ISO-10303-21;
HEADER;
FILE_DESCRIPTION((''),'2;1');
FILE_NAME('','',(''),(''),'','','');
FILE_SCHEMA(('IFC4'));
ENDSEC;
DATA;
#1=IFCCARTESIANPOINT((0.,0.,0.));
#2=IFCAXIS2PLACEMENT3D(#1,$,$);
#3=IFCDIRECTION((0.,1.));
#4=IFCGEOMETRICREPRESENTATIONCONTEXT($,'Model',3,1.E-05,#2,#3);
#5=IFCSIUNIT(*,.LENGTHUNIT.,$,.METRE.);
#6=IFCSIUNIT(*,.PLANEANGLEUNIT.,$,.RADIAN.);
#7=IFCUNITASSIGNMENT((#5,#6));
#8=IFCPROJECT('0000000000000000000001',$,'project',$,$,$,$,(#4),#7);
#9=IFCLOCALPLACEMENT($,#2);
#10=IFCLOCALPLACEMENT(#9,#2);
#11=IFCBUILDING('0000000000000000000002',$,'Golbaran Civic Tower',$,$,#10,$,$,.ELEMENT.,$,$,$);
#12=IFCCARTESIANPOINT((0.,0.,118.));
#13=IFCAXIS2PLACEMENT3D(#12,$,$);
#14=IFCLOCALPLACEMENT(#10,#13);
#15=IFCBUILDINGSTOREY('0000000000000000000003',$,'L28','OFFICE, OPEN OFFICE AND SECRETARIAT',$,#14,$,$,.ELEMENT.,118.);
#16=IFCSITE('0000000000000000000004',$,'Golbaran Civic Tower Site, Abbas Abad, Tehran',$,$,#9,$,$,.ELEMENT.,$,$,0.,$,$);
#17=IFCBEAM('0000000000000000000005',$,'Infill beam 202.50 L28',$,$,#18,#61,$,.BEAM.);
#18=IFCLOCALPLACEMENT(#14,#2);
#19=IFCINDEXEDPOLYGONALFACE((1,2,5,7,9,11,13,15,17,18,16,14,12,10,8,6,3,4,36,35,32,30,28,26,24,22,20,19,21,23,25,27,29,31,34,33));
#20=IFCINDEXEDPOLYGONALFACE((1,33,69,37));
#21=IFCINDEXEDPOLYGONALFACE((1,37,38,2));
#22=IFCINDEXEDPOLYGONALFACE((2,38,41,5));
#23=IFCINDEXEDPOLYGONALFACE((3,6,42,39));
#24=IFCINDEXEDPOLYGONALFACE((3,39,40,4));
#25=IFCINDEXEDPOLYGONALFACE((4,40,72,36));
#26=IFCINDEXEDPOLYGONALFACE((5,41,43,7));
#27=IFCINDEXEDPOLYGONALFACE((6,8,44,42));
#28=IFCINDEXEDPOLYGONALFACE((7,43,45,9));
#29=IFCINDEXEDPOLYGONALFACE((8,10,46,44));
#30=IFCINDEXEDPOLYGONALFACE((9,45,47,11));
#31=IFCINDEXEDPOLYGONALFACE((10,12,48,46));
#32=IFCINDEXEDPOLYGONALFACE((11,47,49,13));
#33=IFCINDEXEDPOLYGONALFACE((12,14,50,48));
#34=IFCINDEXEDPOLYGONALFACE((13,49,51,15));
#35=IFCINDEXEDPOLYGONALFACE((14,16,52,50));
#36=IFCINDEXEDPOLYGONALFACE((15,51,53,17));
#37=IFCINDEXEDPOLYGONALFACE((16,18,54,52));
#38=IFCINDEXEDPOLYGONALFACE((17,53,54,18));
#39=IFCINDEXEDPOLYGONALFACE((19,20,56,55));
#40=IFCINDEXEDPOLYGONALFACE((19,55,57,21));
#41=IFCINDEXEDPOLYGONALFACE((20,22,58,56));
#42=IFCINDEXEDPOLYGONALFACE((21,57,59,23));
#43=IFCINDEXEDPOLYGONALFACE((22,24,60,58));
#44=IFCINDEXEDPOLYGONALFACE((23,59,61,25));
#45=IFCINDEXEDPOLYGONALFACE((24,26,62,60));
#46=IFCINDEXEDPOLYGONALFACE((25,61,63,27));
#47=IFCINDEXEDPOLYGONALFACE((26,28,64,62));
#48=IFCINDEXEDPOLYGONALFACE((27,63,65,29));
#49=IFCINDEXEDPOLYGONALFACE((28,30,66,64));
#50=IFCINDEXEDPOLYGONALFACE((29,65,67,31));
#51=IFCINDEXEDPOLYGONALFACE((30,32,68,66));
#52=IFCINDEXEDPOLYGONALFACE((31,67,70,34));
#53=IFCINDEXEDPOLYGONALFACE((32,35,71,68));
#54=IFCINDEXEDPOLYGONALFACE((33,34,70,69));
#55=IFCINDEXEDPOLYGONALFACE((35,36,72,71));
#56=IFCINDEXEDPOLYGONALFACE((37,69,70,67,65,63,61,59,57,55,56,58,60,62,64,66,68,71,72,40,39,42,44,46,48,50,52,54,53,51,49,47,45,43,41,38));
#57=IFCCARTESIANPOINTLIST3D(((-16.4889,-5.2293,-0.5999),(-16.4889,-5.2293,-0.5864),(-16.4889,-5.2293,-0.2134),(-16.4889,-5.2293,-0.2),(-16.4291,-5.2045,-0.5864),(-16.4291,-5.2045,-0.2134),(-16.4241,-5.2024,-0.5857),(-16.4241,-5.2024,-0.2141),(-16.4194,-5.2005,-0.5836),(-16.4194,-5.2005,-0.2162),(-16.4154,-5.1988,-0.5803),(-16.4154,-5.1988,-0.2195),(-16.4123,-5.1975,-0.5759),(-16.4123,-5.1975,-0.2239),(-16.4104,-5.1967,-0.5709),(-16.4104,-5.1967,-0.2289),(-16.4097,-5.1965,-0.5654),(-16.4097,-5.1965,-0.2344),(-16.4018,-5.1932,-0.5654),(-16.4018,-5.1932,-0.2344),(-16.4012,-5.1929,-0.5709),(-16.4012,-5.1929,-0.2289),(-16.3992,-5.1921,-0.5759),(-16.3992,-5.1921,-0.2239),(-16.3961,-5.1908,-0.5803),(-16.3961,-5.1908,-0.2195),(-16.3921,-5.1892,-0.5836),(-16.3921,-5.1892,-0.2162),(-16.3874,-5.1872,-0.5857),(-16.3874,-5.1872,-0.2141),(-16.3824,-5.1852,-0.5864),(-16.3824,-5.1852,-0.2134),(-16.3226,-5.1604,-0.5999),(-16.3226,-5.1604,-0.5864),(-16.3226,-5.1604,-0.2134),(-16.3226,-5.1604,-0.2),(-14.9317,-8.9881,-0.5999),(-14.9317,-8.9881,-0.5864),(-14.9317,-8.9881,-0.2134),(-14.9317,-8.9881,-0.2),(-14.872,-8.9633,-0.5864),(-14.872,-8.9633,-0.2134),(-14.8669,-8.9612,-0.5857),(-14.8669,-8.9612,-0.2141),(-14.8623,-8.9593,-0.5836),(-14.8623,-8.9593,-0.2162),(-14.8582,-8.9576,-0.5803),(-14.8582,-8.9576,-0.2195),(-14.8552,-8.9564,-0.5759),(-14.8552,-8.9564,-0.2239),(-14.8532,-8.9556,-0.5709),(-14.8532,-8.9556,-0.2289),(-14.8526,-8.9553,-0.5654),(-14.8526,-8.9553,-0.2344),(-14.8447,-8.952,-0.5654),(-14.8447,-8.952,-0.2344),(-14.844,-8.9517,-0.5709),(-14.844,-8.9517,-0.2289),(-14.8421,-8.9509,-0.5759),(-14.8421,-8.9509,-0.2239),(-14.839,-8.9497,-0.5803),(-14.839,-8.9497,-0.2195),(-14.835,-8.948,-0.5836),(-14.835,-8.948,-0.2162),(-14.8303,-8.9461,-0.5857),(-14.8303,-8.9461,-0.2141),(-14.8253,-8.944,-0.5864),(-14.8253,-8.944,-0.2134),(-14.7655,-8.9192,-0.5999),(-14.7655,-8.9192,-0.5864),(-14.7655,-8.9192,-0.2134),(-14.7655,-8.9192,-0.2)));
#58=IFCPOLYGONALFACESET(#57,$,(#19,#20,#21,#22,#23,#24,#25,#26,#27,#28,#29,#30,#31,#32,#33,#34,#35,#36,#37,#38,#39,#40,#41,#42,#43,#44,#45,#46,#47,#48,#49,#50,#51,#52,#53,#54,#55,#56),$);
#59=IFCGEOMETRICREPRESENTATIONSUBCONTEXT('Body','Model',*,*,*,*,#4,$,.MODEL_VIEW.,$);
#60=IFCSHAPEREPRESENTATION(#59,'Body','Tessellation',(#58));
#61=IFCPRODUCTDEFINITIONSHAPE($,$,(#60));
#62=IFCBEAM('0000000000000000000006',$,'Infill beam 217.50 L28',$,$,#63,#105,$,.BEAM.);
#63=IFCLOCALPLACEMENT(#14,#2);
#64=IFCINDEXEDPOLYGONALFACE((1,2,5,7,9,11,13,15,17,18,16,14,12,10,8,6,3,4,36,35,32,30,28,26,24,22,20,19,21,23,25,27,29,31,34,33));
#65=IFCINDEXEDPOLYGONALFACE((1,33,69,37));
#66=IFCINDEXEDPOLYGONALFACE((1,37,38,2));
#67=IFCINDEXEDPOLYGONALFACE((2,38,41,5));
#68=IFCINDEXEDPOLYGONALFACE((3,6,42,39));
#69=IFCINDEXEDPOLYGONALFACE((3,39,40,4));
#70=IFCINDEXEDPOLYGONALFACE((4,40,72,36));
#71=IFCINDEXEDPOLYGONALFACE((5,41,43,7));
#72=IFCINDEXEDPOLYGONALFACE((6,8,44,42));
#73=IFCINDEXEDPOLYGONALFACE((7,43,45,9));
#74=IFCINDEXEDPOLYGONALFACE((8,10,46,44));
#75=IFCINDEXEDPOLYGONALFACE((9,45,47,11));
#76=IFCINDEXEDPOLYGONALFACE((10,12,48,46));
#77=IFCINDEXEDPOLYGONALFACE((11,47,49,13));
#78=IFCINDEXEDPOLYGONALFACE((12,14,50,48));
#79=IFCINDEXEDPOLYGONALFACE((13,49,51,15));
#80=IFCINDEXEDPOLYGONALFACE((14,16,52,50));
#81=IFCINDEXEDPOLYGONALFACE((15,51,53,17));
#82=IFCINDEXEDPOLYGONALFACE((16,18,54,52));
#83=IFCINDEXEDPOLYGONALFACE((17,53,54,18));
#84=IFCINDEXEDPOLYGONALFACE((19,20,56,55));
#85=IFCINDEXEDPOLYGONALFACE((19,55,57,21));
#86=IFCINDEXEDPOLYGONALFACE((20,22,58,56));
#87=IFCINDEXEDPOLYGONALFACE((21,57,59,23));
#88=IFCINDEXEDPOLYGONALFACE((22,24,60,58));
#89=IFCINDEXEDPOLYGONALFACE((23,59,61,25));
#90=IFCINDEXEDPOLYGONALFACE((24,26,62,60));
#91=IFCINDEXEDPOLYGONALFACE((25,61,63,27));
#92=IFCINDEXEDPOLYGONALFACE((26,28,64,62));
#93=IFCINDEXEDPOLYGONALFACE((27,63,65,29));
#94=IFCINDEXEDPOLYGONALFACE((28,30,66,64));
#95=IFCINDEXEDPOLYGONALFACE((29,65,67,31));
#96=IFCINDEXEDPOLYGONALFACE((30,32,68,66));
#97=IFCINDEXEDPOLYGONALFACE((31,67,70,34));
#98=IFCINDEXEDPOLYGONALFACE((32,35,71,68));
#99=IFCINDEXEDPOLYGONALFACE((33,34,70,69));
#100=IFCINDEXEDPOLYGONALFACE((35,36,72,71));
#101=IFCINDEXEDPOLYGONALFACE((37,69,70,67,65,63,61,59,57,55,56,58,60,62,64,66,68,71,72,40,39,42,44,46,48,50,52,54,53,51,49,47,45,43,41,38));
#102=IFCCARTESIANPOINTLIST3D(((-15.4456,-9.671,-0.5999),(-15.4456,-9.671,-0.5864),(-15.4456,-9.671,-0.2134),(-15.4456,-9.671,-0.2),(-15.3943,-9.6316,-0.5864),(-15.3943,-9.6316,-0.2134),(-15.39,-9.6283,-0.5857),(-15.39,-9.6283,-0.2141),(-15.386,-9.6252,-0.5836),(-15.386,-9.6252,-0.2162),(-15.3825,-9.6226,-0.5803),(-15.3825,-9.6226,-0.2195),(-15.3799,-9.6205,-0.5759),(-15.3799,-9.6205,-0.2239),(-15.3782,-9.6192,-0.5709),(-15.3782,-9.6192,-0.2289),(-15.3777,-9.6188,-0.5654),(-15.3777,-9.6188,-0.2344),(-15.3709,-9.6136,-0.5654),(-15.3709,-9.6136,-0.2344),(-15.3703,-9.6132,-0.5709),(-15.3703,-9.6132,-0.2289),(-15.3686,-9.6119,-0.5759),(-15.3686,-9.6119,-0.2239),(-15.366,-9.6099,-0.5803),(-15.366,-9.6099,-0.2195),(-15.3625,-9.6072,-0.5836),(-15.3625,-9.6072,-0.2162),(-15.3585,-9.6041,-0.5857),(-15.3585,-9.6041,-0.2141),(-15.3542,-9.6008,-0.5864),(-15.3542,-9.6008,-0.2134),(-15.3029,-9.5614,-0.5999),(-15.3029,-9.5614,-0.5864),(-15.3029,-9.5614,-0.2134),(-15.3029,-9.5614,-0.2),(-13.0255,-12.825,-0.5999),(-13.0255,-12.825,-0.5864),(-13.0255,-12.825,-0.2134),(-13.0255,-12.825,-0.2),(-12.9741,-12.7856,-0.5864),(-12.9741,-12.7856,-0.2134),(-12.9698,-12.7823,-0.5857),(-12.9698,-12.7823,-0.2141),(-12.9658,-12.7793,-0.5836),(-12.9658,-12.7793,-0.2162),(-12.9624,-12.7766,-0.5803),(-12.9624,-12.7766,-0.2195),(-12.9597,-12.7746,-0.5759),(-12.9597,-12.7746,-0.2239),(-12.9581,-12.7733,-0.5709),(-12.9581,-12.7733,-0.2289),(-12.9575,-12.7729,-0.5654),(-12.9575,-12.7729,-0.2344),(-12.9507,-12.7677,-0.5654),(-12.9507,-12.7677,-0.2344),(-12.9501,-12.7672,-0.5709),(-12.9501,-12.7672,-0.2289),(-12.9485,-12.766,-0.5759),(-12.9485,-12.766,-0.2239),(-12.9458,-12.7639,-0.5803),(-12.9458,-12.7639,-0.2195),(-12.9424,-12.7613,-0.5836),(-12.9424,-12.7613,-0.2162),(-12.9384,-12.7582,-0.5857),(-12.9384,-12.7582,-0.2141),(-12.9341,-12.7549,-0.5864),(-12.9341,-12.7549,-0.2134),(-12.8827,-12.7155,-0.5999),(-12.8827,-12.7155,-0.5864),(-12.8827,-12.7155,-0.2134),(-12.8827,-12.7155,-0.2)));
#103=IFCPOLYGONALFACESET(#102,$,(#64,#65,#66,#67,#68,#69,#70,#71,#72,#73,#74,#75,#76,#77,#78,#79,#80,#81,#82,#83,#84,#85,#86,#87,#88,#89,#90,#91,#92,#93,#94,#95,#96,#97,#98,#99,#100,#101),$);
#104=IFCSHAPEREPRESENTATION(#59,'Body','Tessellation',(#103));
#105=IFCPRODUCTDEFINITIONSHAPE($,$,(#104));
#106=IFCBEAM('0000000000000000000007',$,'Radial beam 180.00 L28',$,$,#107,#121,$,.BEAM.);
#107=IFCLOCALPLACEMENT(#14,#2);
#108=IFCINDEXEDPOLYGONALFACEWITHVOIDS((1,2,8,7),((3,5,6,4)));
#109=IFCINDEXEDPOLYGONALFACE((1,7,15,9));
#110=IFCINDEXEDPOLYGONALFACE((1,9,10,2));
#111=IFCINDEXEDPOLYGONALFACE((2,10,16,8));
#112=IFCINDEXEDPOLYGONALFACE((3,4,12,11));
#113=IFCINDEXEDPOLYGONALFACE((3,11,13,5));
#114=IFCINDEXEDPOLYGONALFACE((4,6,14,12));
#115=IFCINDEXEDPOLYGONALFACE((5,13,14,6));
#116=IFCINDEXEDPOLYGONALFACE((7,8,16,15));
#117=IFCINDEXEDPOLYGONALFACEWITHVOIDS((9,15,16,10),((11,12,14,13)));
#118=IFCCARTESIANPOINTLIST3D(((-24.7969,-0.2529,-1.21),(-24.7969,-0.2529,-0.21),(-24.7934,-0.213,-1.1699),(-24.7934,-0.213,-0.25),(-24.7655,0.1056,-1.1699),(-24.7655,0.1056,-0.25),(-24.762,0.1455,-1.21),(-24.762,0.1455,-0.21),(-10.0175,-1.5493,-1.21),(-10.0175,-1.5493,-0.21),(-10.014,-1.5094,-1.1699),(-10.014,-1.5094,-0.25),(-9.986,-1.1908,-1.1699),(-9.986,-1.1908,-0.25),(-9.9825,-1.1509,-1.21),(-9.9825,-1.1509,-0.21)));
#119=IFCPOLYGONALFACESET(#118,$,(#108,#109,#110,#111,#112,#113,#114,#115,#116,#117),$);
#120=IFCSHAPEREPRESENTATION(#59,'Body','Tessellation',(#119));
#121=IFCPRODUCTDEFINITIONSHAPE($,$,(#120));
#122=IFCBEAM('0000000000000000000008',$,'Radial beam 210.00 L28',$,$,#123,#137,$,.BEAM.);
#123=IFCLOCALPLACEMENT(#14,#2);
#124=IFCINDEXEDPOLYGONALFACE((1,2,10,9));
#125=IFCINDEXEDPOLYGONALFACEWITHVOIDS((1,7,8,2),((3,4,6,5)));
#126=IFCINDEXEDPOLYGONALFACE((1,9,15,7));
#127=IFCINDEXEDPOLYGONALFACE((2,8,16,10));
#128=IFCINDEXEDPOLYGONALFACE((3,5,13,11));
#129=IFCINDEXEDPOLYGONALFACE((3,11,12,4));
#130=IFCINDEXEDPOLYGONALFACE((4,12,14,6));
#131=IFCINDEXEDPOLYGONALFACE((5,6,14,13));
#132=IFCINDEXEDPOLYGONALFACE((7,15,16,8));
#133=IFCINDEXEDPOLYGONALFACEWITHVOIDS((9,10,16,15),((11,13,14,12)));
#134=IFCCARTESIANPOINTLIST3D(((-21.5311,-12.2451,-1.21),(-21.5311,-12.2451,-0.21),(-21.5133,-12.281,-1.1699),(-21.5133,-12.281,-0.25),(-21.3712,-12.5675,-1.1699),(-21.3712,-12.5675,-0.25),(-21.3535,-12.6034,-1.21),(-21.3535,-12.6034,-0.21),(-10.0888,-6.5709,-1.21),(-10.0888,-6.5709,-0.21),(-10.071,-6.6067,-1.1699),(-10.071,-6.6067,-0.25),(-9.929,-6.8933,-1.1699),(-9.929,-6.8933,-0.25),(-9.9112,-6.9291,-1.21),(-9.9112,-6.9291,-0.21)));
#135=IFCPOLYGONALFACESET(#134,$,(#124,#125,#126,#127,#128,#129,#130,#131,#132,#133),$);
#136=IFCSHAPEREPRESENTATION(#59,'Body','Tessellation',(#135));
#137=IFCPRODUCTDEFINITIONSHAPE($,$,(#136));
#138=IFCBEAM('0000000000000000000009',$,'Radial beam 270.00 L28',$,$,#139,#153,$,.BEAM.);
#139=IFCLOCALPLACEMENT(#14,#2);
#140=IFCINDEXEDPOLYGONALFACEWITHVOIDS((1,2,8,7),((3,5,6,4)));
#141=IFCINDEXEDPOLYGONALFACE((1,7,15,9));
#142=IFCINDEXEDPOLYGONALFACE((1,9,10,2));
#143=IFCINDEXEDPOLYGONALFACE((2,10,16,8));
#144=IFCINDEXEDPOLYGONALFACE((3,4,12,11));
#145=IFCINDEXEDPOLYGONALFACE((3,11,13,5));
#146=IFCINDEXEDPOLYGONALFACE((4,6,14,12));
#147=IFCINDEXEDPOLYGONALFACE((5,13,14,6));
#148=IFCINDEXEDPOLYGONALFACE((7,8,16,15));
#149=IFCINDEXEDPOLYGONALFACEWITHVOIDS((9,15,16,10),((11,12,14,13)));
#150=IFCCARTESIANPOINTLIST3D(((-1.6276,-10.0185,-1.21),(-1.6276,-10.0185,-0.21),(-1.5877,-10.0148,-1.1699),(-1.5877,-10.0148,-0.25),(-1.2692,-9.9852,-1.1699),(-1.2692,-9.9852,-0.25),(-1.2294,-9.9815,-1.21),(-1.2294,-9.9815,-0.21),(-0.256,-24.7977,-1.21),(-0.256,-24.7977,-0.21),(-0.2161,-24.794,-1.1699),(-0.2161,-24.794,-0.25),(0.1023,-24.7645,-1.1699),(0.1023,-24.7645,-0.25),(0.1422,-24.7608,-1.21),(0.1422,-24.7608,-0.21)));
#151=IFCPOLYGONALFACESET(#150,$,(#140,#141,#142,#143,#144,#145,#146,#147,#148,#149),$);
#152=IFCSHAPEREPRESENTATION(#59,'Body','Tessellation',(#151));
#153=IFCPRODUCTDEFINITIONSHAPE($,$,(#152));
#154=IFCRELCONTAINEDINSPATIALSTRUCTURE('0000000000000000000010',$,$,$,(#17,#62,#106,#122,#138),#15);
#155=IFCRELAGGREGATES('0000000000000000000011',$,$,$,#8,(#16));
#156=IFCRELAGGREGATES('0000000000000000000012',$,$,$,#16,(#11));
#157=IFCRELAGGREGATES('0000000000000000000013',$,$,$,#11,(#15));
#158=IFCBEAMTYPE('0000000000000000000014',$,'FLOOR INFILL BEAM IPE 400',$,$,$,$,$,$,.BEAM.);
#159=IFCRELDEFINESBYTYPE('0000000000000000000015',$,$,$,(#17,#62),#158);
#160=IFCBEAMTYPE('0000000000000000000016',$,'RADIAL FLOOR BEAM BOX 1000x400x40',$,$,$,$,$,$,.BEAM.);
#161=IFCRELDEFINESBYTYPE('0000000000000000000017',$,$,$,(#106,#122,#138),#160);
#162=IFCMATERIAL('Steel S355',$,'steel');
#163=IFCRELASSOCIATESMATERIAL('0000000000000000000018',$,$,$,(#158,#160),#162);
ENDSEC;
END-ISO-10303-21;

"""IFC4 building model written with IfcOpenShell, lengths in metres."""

from ifc_helpers import new_model, si_unit, direction, frame, origin, origin_2d, place, context, subcontext, project, spatial, hollow_rectangle, i_section, extrude, material, material_profile, profile_set, type_object, element, save


model = new_model("IFC4")

# Units and contexts
model_context = context("Model", 3, precision=1e-05, world=origin(), true_north=direction((0.0, 1.0)))
body_context = subcontext(model_context, "Body", "Model", "MODEL_VIEW")
ifc_project = project(units=[si_unit("LENGTHUNIT", "METRE"), si_unit("PLANEANGLEUNIT", "RADIAN")], contexts=[model_context])

# Site, building, storey
site_placement = place(None, origin())
site = spatial("IfcSite", under=ifc_project, at=site_placement, Name="Golbaran Civic Tower Site, Abbas Abad, Tehran", CompositionType="ELEMENT", RefElevation=0.0)
building_placement = place(site_placement, origin())
building = spatial("IfcBuilding", under=site, at=building_placement, Name="Golbaran Civic Tower", CompositionType="ELEMENT")
storey_placement = place(building_placement, frame((0.0, 0.0, 118.0)))
storey = spatial("IfcBuildingStorey", under=building, at=storey_placement, Name="L28", Description="OFFICE, OPEN OFFICE AND SECRETARIAT", CompositionType="ELEMENT", Elevation=118.0)

# Beams
ifc_material_1 = material(Name="Steel S355", Category="steel")
ifc_material_profile_1 = material_profile(ifc_material_1, i_section(OverallWidth=0.1799, OverallDepth=0.3999, WebThickness=0.0085, FlangeThickness=0.0134, FilletRadius=0.021, at=origin_2d()), Name="IPE 400")
ifc_profile_set_1 = profile_set([ifc_material_profile_1], Name="Steel S355")
beam_type_1 = type_object("IfcBeamType", Name="FLOOR INFILL BEAM IPE 400", PredefinedType="BEAM", material=ifc_profile_set_1)
beam_1_placement = place(storey_placement, frame((-16.4058, -5.1948, -0.3999), z_axis=(0.382723, -0.923863, 0.0), x_axis=(0.923863, 0.382723, 0.0)))
element("IfcBeam", 1, at=beam_1_placement, inside=storey, type_object=beam_type_1, Name="Infill beam 202.50 L28", PredefinedType="BEAM", context=body_context, shape_type="SweptSolid", body=[
    extrude(i_section(OverallWidth=0.1799, OverallDepth=0.3999, WebThickness=0.0085, FlangeThickness=0.0134, FilletRadius=0.021, at=origin_2d()), origin(), (0.0, 0.0, 1.0), 4.0686),
])
beam_2_placement = place(storey_placement, frame((-15.3743, -9.6162, -0.3999), z_axis=(0.608758, -0.793356, 0.0), x_axis=(0.793356, 0.608758, 0.0)))
element("IfcBeam", 2, at=beam_2_placement, inside=storey, type_object=beam_type_1, Name="Infill beam 217.50 L28", PredefinedType="BEAM", context=body_context, shape_type="SweptSolid", body=[
    extrude(i_section(OverallWidth=0.1799, OverallDepth=0.3999, WebThickness=0.0085, FlangeThickness=0.0134, FilletRadius=0.021, at=origin_2d()), origin(), (0.0, 0.0, 1.0), 3.9756),
])
ifc_material_profile_2 = material_profile(ifc_material_1, hollow_rectangle(XDim=0.3999, YDim=1.0, WallThickness=0.04, at=origin_2d()), Name="BOX 1000x400x40")
ifc_profile_set_2 = profile_set([ifc_material_profile_2], Name="Steel S355")
beam_type_2 = type_object("IfcBeamType", Name="RADIAL FLOOR BEAM BOX 1000x400x40", PredefinedType="BEAM", material=ifc_profile_set_2)
beam_3_placement = place(storey_placement, frame((-10.0, -1.3501, -0.71), z_axis=(-0.996175, 0.087379, 0.0), x_axis=(-0.087379, -0.996175, 0.0)))
element("IfcBeam", 3, at=beam_3_placement, inside=storey, type_object=beam_type_2, Name="Radial beam 180.00 L28", PredefinedType="BEAM", context=body_context, shape_type="SweptSolid", body=[
    extrude(hollow_rectangle(XDim=0.3999, YDim=1.0, WallThickness=0.04, at=origin_2d()), origin(), (0.0, 0.0, 1.0), 14.8362),
])
beam_4_placement = place(storey_placement, frame((-10.0, -6.75, -0.71), z_axis=(-0.89589, -0.444275, 0.0), x_axis=(0.444275, -0.89589, 0.0)))
element("IfcBeam", 4, at=beam_4_placement, inside=storey, type_object=beam_type_2, Name="Radial beam 210.00 L28", PredefinedType="BEAM", context=body_context, shape_type="SweptSolid", body=[
    extrude(hollow_rectangle(XDim=0.3999, YDim=1.0, WallThickness=0.04, at=origin_2d()), origin(), (0.0, 0.0, 1.0), 12.772),
])
beam_5_placement = place(storey_placement, frame((-1.4285, -10.0, -0.71), z_axis=(0.092407, -0.995721, 0.0), x_axis=(0.995721, 0.092407, 0.0)))
element("IfcBeam", 5, at=beam_5_placement, inside=storey, type_object=beam_type_2, Name="Radial beam 270.00 L28", PredefinedType="BEAM", context=body_context, shape_type="SweptSolid", body=[
    extrude(hollow_rectangle(XDim=0.3999, YDim=1.0, WallThickness=0.04, at=origin_2d()), origin(), (0.0, 0.0, 1.0), 14.8428),
])

save(model, "model.ifc")
